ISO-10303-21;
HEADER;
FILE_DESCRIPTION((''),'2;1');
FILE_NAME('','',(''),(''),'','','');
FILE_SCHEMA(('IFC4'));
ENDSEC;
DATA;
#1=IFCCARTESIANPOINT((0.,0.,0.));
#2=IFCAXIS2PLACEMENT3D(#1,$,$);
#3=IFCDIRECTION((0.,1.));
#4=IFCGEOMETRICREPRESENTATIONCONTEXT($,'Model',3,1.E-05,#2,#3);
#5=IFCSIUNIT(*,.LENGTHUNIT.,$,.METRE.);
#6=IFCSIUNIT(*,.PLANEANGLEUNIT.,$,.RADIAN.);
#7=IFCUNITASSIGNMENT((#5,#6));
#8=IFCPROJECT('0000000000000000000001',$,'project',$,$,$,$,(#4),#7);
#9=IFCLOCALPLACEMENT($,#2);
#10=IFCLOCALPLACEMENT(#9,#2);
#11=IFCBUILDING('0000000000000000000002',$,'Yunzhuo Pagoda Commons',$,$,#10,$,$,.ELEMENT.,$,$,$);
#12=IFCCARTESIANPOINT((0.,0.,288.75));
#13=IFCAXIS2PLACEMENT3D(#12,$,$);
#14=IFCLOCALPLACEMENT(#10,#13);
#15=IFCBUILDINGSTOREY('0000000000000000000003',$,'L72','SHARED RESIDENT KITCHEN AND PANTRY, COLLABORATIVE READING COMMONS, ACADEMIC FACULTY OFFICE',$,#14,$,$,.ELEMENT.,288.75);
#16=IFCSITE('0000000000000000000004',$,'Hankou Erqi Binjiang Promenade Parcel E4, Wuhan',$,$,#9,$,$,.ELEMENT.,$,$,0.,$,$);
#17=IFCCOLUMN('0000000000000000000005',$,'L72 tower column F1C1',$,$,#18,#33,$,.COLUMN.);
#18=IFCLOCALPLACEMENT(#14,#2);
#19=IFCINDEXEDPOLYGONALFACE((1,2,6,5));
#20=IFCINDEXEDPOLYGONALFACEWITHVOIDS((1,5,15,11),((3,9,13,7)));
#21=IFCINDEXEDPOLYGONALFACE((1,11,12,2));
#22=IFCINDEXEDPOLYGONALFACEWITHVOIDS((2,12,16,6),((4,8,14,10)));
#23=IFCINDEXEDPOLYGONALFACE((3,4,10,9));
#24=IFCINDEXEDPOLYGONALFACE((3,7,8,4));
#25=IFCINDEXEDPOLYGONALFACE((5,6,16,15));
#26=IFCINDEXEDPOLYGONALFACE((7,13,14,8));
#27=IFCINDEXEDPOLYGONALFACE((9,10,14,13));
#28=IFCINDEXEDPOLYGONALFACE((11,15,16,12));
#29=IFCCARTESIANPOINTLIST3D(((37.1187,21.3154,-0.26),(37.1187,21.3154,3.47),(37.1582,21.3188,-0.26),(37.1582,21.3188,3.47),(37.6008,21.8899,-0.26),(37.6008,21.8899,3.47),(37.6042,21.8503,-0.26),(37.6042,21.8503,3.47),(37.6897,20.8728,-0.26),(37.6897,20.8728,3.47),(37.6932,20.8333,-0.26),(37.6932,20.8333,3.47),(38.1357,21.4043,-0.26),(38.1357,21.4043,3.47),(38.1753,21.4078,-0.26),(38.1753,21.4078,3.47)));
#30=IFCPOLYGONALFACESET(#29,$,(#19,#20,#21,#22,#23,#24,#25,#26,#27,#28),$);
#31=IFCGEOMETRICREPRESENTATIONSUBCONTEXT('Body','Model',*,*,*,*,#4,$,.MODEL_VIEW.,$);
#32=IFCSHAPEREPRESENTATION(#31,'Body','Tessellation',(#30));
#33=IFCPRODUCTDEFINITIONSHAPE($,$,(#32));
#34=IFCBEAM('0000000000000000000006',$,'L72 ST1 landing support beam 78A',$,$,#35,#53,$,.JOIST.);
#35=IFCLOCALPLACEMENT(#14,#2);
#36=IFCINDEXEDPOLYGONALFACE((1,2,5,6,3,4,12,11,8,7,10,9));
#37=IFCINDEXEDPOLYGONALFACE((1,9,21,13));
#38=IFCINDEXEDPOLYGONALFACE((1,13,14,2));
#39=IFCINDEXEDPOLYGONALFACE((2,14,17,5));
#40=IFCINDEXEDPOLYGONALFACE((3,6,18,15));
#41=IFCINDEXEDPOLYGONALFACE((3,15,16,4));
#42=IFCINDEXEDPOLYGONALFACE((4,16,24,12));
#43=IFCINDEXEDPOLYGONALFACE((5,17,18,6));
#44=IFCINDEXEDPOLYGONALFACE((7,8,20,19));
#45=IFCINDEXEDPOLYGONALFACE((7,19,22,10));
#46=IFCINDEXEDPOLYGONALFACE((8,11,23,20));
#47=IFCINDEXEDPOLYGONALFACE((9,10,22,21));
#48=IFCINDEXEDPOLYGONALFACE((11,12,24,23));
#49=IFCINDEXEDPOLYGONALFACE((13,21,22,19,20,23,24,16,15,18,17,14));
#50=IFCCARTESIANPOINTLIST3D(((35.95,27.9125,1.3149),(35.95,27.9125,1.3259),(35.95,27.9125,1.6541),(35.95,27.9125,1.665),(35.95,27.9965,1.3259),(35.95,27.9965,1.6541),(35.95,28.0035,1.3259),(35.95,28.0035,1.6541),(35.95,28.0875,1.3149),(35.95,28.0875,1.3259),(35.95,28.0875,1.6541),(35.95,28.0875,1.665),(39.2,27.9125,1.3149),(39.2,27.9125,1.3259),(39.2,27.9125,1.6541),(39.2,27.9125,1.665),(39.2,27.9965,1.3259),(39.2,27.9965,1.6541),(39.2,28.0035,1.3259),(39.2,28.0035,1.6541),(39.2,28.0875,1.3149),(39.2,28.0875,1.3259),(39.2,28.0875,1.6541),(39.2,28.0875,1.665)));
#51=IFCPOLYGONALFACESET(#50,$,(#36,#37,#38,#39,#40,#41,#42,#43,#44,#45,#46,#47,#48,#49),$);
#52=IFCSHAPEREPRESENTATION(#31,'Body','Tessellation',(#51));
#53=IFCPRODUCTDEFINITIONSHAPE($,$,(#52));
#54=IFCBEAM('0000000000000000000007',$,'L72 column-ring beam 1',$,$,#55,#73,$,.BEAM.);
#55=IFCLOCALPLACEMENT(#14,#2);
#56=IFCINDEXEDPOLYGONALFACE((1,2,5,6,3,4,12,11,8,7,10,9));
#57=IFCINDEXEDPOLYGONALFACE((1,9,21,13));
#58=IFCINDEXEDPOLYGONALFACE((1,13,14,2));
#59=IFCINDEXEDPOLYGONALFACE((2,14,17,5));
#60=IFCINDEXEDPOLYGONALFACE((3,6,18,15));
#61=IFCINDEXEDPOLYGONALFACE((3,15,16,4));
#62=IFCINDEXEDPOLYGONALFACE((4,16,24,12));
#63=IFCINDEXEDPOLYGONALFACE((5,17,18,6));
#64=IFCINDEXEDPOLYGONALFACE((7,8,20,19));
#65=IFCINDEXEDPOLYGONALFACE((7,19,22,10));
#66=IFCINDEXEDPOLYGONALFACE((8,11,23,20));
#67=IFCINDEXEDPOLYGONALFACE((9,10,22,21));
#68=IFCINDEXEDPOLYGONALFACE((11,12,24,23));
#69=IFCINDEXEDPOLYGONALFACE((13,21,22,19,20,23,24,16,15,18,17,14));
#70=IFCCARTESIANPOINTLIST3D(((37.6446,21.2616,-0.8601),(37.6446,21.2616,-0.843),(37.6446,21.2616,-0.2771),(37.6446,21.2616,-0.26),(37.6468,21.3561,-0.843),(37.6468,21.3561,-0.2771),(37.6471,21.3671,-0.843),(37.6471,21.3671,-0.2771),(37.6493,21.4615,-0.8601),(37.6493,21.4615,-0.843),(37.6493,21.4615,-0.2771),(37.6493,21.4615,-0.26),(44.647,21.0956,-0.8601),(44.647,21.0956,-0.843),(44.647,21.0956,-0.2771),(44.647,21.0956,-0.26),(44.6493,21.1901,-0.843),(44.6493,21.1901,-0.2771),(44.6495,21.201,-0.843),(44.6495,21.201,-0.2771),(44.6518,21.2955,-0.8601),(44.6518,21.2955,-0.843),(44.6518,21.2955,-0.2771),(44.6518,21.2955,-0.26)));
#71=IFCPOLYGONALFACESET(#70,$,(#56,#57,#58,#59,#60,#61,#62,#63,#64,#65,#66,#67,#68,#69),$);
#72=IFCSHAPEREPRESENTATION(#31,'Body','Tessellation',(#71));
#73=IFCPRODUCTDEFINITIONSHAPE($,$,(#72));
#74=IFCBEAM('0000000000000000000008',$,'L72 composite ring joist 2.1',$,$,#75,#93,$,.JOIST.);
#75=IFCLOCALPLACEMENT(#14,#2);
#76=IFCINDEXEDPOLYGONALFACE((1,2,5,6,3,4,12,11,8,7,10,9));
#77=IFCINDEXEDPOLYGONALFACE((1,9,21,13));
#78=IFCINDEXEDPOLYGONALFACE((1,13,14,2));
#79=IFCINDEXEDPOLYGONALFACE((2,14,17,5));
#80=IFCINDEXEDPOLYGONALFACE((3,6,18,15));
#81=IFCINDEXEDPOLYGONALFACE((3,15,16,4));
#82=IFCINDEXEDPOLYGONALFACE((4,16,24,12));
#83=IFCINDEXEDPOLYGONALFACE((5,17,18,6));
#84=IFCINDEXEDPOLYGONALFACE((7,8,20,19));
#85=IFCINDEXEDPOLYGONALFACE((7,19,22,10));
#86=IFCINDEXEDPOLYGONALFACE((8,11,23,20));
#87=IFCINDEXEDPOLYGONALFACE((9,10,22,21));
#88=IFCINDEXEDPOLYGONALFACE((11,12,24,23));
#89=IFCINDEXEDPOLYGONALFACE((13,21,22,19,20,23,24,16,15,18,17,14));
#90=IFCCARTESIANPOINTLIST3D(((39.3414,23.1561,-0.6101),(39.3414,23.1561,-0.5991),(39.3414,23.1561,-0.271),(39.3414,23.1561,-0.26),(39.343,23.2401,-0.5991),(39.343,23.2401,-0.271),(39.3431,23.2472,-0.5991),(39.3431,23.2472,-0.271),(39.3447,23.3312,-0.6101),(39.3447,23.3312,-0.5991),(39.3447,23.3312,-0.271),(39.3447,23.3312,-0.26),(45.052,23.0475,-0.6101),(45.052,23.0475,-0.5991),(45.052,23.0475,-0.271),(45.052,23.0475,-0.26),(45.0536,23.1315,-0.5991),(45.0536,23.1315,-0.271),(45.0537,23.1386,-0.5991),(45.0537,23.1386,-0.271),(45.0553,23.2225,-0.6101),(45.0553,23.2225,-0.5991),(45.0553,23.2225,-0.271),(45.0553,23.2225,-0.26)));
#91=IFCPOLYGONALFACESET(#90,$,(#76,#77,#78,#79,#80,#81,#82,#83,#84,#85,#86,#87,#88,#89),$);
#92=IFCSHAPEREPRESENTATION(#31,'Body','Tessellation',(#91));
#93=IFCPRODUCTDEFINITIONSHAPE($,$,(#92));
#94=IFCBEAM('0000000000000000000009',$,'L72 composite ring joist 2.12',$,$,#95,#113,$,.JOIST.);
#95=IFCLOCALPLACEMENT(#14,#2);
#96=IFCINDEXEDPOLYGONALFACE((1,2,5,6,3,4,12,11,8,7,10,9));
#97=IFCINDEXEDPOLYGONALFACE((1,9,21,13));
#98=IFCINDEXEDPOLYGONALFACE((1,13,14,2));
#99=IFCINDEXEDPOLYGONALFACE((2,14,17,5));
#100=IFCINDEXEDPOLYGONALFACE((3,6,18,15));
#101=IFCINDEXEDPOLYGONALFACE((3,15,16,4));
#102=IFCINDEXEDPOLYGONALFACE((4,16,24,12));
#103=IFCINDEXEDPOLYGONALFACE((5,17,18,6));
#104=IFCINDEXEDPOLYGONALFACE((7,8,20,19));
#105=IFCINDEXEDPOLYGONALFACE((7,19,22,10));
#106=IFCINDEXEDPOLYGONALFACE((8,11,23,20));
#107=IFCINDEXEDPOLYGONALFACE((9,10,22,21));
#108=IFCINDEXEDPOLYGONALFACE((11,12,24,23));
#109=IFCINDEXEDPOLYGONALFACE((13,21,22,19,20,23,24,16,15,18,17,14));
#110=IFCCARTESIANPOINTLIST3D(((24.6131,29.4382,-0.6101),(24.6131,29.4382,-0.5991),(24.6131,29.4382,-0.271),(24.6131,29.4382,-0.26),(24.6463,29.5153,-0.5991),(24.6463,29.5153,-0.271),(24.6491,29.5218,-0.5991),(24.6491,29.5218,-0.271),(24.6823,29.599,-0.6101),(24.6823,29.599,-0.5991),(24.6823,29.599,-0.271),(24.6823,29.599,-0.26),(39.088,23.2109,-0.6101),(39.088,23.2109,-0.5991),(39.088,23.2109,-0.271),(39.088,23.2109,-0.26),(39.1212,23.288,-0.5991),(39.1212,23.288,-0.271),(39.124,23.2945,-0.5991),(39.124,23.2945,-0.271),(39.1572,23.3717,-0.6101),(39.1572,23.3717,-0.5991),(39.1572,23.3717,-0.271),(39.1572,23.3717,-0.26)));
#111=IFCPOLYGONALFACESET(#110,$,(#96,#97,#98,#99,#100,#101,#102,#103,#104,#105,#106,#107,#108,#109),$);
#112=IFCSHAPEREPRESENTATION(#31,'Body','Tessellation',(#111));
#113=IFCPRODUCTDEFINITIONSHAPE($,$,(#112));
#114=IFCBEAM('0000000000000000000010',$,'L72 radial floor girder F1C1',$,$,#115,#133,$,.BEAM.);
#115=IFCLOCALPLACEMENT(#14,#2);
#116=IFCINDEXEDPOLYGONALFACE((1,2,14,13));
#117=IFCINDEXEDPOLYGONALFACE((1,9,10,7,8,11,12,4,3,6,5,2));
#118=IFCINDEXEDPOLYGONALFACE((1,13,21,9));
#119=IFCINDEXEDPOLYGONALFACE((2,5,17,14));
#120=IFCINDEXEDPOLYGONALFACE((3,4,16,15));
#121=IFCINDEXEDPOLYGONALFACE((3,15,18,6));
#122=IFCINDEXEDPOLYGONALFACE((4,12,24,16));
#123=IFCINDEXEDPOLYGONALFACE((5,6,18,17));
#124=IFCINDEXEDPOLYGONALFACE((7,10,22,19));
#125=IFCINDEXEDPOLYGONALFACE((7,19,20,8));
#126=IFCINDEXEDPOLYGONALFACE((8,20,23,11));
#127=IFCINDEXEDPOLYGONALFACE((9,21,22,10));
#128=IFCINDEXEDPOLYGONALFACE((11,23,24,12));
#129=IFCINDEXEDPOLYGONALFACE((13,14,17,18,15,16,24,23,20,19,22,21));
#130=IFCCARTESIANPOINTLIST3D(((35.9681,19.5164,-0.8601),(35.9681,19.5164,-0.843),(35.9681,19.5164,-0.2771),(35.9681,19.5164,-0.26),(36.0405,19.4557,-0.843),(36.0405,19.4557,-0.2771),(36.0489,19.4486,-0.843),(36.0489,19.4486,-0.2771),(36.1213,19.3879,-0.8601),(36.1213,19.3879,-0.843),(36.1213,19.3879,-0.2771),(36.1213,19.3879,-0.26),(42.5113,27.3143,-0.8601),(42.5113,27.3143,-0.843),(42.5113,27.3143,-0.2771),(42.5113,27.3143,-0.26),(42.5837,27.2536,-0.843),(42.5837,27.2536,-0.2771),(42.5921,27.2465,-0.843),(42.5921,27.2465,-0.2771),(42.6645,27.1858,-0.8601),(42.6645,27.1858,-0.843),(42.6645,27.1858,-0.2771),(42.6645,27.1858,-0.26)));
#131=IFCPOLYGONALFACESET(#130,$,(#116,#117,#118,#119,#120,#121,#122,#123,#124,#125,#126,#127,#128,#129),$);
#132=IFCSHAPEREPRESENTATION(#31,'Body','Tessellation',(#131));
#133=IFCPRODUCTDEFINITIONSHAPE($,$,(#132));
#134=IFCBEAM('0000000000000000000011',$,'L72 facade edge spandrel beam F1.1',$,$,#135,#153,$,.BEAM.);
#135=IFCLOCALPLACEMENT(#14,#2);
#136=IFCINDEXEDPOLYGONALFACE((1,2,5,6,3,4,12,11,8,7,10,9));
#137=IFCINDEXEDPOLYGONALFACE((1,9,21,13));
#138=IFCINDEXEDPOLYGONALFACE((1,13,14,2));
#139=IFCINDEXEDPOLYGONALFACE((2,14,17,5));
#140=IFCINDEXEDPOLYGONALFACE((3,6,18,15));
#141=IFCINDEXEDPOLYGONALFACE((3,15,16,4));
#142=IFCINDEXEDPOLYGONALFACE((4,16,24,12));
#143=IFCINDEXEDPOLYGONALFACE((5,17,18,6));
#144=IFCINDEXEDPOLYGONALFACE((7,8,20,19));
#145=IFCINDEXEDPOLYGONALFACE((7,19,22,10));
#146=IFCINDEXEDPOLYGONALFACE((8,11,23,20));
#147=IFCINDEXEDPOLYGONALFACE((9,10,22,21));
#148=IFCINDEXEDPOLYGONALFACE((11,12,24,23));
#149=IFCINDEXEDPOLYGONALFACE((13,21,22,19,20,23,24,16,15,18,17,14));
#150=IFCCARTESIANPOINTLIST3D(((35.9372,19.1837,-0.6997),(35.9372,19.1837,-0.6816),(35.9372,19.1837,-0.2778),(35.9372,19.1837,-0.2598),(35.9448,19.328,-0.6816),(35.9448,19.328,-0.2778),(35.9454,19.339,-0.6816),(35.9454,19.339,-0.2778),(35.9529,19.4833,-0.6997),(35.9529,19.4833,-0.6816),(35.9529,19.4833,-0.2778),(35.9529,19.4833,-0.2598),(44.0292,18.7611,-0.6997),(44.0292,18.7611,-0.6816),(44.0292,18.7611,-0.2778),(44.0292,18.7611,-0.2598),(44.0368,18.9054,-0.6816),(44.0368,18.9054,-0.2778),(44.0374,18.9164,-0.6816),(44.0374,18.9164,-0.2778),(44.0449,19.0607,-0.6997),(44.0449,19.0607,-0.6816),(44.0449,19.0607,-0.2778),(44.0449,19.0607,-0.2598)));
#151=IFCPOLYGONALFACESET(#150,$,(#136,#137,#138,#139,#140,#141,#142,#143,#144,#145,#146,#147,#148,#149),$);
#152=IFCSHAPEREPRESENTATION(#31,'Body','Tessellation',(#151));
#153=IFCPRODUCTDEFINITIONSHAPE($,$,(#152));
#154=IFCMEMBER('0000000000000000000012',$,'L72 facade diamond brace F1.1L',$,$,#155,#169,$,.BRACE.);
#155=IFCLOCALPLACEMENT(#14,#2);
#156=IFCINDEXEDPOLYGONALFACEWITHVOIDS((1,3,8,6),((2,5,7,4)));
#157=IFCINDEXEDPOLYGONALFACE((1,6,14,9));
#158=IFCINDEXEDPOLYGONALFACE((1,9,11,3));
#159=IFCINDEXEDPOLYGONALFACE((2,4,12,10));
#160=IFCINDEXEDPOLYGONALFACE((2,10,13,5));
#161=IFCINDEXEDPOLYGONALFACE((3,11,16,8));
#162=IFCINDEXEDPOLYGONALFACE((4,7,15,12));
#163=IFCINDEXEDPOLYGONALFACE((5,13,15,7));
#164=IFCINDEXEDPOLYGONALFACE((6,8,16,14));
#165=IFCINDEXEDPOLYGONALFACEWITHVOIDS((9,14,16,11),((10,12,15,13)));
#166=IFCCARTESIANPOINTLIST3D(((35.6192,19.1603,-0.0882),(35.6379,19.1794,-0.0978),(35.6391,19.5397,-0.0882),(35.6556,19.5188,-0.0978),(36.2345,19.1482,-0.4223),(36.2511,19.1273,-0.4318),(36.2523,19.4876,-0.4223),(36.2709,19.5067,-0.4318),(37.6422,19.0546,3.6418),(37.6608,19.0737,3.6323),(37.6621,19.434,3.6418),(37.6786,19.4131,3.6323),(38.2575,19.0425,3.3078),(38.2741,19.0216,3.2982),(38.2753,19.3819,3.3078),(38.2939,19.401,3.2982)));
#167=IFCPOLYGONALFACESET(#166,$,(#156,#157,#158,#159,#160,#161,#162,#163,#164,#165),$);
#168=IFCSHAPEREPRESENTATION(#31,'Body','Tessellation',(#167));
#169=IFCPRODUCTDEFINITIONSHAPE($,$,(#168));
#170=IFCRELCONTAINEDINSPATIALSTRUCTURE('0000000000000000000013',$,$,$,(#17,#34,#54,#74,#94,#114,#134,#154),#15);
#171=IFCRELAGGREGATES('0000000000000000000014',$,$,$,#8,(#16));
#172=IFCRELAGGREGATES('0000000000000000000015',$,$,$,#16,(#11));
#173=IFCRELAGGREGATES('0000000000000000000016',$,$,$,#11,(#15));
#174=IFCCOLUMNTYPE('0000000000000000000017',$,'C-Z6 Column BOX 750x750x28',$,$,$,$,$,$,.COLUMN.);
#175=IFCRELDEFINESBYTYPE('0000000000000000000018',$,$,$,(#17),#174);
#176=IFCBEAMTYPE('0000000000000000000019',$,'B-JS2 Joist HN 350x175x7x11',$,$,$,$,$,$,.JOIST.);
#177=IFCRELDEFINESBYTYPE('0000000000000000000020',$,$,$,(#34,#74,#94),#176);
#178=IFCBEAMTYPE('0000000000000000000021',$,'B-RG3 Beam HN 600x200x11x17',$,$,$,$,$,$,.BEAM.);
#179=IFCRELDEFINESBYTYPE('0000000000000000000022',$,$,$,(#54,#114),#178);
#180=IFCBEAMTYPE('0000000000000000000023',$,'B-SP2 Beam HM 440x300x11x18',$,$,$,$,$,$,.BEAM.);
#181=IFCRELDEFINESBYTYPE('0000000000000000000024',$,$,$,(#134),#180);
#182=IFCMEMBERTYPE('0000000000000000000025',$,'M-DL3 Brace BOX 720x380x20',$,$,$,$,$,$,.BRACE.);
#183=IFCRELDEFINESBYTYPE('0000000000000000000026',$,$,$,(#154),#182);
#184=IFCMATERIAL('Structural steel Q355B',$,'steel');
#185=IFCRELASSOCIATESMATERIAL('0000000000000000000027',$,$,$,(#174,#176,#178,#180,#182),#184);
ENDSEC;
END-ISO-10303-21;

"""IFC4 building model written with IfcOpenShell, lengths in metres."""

from ifc_helpers import new_model, si_unit, direction, frame, origin, origin_2d, place, context, subcontext, project, spatial, hollow_rectangle, i_section, extrude, source, transform, mapped, material, material_profile, profile_set, type_object, element, save


model = new_model("IFC4")

# Units and contexts
model_context = context("Model", 3, precision=1e-05, world=origin(), true_north=direction((0.0, 1.0)))
body_context = subcontext(model_context, "Body", "Model", "MODEL_VIEW")
ifc_project = project(units=[si_unit("LENGTHUNIT", "METRE"), si_unit("PLANEANGLEUNIT", "RADIAN")], contexts=[model_context])

# Site, building, storey
site_placement = place(None, origin())
site = spatial("IfcSite", under=ifc_project, at=site_placement, Name="Hankou Erqi Binjiang Promenade Parcel E4, Wuhan", CompositionType="ELEMENT", RefElevation=0.0)
building_placement = place(site_placement, origin())
building = spatial("IfcBuilding", under=site, at=building_placement, Name="Yunzhuo Pagoda Commons", CompositionType="ELEMENT")
storey_placement = place(building_placement, frame((0.0, 0.0, 288.75)))
storey = spatial("IfcBuildingStorey", under=building, at=storey_placement, Name="L72", Description="SHARED RESIDENT KITCHEN AND PANTRY, COLLABORATIVE READING COMMONS, ACADEMIC FACULTY OFFICE", CompositionType="ELEMENT", Elevation=288.75)

# Column
ifc_material_1 = material(Name="Structural steel Q355B", Category="steel")
ifc_material_profile_1 = material_profile(ifc_material_1, hollow_rectangle(XDim=0.75, YDim=0.75, WallThickness=0.0281, at=origin_2d()), Name="Structural steel Q355B")
ifc_profile_set_1 = profile_set([ifc_material_profile_1], Name="Structural steel Q355B")
column_type = type_object("IfcColumnType", Name="C-Z6 Column BOX 750x750x28", PredefinedType="COLUMN", material=ifc_profile_set_1)
shared_shape_1 = source(origin(), body_context, "Body", "SweptSolid", [
    extrude(hollow_rectangle(XDim=0.75, YDim=0.75, WallThickness=0.0281, at=origin_2d()), origin(), (0.0, 0.0, 1.0), 3.73),
])
column_placement = place(storey_placement, frame((37.647, 21.3616, -0.26), z_axis=(0.0, 0.0, 1.0), x_axis=(0.766044, -0.642788, 0.0)))
element("IfcColumn", 1, at=column_placement, inside=storey, type_object=column_type, Name="L72 tower column F1C1", PredefinedType="COLUMN", context=body_context, shape_type="MappedRepresentation", body=[
    mapped(shared_shape_1, transform((0.0, 0.0, 0.0), scale=1.0)),
])

# Beams
ifc_material_profile_2 = material_profile(ifc_material_1, i_section(OverallWidth=0.175, OverallDepth=0.3501, WebThickness=0.0071, FlangeThickness=0.011, at=origin_2d()), Name="Structural steel Q355B")
ifc_profile_set_2 = profile_set([ifc_material_profile_2], Name="Structural steel Q355B")
beam_type_1 = type_object("IfcBeamType", Name="B-JS2 Joist HN 350x175x7x11", PredefinedType="JOIST", material=ifc_profile_set_2)
shared_shape_2 = source(origin(), body_context, "Body", "SweptSolid", [
    extrude(i_section(OverallWidth=0.175, OverallDepth=0.3501, WebThickness=0.0071, FlangeThickness=0.011, at=origin_2d()), origin(), (0.0, 0.0, 1.0), 3.25),
])
beam_1_placement = place(storey_placement, frame((35.95, 28.0, 1.49), z_axis=(1.0, 0.0, 0.0), x_axis=(0.0, 1.0, 0.0)))
element("IfcBeam", 2, at=beam_1_placement, inside=storey, type_object=beam_type_1, Name="L72 ST1 landing support beam 78A", PredefinedType="JOIST", context=body_context, shape_type="MappedRepresentation", body=[
    mapped(shared_shape_2, transform((0.0, 0.0, 0.0), scale=1.0)),
])
ifc_material_profile_3 = material_profile(ifc_material_1, i_section(OverallWidth=0.2, OverallDepth=0.6001, WebThickness=0.011, FlangeThickness=0.0171, at=origin_2d()), Name="Structural steel Q355B")
ifc_profile_set_3 = profile_set([ifc_material_profile_3], Name="Structural steel Q355B")
beam_type_2 = type_object("IfcBeamType", Name="B-RG3 Beam HN 600x200x11x17", PredefinedType="BEAM", material=ifc_profile_set_3)
shared_shape_3 = source(origin(), body_context, "Body", "SweptSolid", [
    extrude(i_section(OverallWidth=0.2, OverallDepth=0.6001, WebThickness=0.011, FlangeThickness=0.0171, at=origin_2d()), origin(), (0.0, 0.0, 1.0), 7.0044),
])
beam_2_placement = place(storey_placement, frame((37.647, 21.3616, -0.5601), z_axis=(0.999719, -0.023702, 0.0), x_axis=(0.023702, 0.999719, 0.0)))
element("IfcBeam", 3, at=beam_2_placement, inside=storey, type_object=beam_type_2, Name="L72 column-ring beam 1", PredefinedType="BEAM", context=body_context, shape_type="MappedRepresentation", body=[
    mapped(shared_shape_3, transform((0.0, 0.0, 0.0), scale=1.0)),
])
shared_shape_4 = source(origin(), body_context, "Body", "SweptSolid", [
    extrude(i_section(OverallWidth=0.175, OverallDepth=0.3501, WebThickness=0.0071, FlangeThickness=0.011, at=origin_2d()), origin(), (0.0, 0.0, 1.0), 5.7117),
])
beam_3_placement = place(storey_placement, frame((39.343, 23.2437, -0.4351), z_axis=(0.999819, -0.019021, 0.0), x_axis=(0.019021, 0.999819, 0.0)))
element("IfcBeam", 4, at=beam_3_placement, inside=storey, type_object=beam_type_1, Name="L72 composite ring joist 2.1", PredefinedType="JOIST", context=body_context, shape_type="MappedRepresentation", body=[
    mapped(shared_shape_4, transform((0.0, 0.0, 0.0), scale=1.0)),
])
shared_shape_5 = source(origin(), body_context, "Body", "SweptSolid", [
    extrude(i_section(OverallWidth=0.175, OverallDepth=0.3501, WebThickness=0.0071, FlangeThickness=0.011, at=origin_2d()), origin(), (0.0, 0.0, 1.0), 15.7576),
])
beam_4_placement = place(storey_placement, frame((24.6477, 29.5186, -0.4351), z_axis=(0.918598, -0.395194, 0.0), x_axis=(0.395194, 0.918598, 0.0)))
element("IfcBeam", 5, at=beam_4_placement, inside=storey, type_object=beam_type_1, Name="L72 composite ring joist 2.12", PredefinedType="JOIST", context=body_context, shape_type="MappedRepresentation", body=[
    mapped(shared_shape_5, transform((0.0, 0.0, 0.0), scale=1.0)),
])
shared_shape_6 = source(origin(), body_context, "Body", "SweptSolid", [
    extrude(i_section(OverallWidth=0.2, OverallDepth=0.6001, WebThickness=0.011, FlangeThickness=0.0171, at=origin_2d()), origin(), (0.0, 0.0, 1.0), 10.1794),
])
beam_5_placement = place(storey_placement, frame((36.0447, 19.4521, -0.5601), z_axis=(0.64279, 0.766043, 0.0), x_axis=(-0.766043, 0.64279, 0.0)))
element("IfcBeam", 6, at=beam_5_placement, inside=storey, type_object=beam_type_2, Name="L72 radial floor girder F1C1", PredefinedType="BEAM", context=body_context, shape_type="MappedRepresentation", body=[
    mapped(shared_shape_6, transform((0.0, 0.0, 0.0), scale=1.0)),
])
ifc_material_profile_4 = material_profile(ifc_material_1, i_section(OverallWidth=0.3, OverallDepth=0.4399, WebThickness=0.011, FlangeThickness=0.0181, at=origin_2d()), Name="Structural steel Q355B")
ifc_profile_set_4 = profile_set([ifc_material_profile_4], Name="Structural steel Q355B")
beam_type_3 = type_object("IfcBeamType", Name="B-SP2 Beam HM 440x300x11x18", PredefinedType="BEAM", material=ifc_profile_set_4)
shared_shape_7 = source(origin(), body_context, "Body", "SweptSolid", [
    extrude(i_section(OverallWidth=0.3, OverallDepth=0.4399, WebThickness=0.011, FlangeThickness=0.0181, at=origin_2d()), origin(), (0.0, 0.0, 1.0), 8.103),
])
beam_6_placement = place(storey_placement, frame((35.9451, 19.3335, -0.4797), z_axis=(0.998639, -0.052154, 0.0), x_axis=(0.052154, 0.998639, 0.0)))
element("IfcBeam", 7, at=beam_6_placement, inside=storey, type_object=beam_type_3, Name="L72 facade edge spandrel beam F1.1", PredefinedType="BEAM", context=body_context, shape_type="MappedRepresentation", body=[
    mapped(shared_shape_7, transform((0.0, 0.0, 0.0), scale=1.0)),
])

# Member
ifc_material_profile_5 = material_profile(ifc_material_1, hollow_rectangle(XDim=0.3799, YDim=0.72, WallThickness=0.02, at=origin_2d()), Name="Structural steel Q355B")
ifc_profile_set_5 = profile_set([ifc_material_profile_5], Name="Structural steel Q355B")
member_type_1 = type_object("IfcMemberType", Name="M-DL3 Brace BOX 720x380x20", PredefinedType="BRACE", material=ifc_profile_set_5)
shared_shape_8 = source(origin(), body_context, "Body", "SweptSolid", [
    extrude(hollow_rectangle(XDim=0.3799, YDim=0.72, WallThickness=0.02, at=origin_2d()), origin(), (0.0, 0.0, 1.0), 4.2446),
])
member_1_placement = place(storey_placement, frame((35.9451, 19.3335, -0.26), z_axis=(0.476599, -0.024906, 0.878768), x_axis=(0.052186, 0.998637, 0.0)))
element("IfcMember", 8, at=member_1_placement, inside=storey, type_object=member_type_1, Name="L72 facade diamond brace F1.1L", PredefinedType="BRACE", context=body_context, shape_type="MappedRepresentation", body=[
    mapped(shared_shape_8, transform((0.0, 0.0, 0.0), scale=1.0)),
])

save(model, "model.ifc")
